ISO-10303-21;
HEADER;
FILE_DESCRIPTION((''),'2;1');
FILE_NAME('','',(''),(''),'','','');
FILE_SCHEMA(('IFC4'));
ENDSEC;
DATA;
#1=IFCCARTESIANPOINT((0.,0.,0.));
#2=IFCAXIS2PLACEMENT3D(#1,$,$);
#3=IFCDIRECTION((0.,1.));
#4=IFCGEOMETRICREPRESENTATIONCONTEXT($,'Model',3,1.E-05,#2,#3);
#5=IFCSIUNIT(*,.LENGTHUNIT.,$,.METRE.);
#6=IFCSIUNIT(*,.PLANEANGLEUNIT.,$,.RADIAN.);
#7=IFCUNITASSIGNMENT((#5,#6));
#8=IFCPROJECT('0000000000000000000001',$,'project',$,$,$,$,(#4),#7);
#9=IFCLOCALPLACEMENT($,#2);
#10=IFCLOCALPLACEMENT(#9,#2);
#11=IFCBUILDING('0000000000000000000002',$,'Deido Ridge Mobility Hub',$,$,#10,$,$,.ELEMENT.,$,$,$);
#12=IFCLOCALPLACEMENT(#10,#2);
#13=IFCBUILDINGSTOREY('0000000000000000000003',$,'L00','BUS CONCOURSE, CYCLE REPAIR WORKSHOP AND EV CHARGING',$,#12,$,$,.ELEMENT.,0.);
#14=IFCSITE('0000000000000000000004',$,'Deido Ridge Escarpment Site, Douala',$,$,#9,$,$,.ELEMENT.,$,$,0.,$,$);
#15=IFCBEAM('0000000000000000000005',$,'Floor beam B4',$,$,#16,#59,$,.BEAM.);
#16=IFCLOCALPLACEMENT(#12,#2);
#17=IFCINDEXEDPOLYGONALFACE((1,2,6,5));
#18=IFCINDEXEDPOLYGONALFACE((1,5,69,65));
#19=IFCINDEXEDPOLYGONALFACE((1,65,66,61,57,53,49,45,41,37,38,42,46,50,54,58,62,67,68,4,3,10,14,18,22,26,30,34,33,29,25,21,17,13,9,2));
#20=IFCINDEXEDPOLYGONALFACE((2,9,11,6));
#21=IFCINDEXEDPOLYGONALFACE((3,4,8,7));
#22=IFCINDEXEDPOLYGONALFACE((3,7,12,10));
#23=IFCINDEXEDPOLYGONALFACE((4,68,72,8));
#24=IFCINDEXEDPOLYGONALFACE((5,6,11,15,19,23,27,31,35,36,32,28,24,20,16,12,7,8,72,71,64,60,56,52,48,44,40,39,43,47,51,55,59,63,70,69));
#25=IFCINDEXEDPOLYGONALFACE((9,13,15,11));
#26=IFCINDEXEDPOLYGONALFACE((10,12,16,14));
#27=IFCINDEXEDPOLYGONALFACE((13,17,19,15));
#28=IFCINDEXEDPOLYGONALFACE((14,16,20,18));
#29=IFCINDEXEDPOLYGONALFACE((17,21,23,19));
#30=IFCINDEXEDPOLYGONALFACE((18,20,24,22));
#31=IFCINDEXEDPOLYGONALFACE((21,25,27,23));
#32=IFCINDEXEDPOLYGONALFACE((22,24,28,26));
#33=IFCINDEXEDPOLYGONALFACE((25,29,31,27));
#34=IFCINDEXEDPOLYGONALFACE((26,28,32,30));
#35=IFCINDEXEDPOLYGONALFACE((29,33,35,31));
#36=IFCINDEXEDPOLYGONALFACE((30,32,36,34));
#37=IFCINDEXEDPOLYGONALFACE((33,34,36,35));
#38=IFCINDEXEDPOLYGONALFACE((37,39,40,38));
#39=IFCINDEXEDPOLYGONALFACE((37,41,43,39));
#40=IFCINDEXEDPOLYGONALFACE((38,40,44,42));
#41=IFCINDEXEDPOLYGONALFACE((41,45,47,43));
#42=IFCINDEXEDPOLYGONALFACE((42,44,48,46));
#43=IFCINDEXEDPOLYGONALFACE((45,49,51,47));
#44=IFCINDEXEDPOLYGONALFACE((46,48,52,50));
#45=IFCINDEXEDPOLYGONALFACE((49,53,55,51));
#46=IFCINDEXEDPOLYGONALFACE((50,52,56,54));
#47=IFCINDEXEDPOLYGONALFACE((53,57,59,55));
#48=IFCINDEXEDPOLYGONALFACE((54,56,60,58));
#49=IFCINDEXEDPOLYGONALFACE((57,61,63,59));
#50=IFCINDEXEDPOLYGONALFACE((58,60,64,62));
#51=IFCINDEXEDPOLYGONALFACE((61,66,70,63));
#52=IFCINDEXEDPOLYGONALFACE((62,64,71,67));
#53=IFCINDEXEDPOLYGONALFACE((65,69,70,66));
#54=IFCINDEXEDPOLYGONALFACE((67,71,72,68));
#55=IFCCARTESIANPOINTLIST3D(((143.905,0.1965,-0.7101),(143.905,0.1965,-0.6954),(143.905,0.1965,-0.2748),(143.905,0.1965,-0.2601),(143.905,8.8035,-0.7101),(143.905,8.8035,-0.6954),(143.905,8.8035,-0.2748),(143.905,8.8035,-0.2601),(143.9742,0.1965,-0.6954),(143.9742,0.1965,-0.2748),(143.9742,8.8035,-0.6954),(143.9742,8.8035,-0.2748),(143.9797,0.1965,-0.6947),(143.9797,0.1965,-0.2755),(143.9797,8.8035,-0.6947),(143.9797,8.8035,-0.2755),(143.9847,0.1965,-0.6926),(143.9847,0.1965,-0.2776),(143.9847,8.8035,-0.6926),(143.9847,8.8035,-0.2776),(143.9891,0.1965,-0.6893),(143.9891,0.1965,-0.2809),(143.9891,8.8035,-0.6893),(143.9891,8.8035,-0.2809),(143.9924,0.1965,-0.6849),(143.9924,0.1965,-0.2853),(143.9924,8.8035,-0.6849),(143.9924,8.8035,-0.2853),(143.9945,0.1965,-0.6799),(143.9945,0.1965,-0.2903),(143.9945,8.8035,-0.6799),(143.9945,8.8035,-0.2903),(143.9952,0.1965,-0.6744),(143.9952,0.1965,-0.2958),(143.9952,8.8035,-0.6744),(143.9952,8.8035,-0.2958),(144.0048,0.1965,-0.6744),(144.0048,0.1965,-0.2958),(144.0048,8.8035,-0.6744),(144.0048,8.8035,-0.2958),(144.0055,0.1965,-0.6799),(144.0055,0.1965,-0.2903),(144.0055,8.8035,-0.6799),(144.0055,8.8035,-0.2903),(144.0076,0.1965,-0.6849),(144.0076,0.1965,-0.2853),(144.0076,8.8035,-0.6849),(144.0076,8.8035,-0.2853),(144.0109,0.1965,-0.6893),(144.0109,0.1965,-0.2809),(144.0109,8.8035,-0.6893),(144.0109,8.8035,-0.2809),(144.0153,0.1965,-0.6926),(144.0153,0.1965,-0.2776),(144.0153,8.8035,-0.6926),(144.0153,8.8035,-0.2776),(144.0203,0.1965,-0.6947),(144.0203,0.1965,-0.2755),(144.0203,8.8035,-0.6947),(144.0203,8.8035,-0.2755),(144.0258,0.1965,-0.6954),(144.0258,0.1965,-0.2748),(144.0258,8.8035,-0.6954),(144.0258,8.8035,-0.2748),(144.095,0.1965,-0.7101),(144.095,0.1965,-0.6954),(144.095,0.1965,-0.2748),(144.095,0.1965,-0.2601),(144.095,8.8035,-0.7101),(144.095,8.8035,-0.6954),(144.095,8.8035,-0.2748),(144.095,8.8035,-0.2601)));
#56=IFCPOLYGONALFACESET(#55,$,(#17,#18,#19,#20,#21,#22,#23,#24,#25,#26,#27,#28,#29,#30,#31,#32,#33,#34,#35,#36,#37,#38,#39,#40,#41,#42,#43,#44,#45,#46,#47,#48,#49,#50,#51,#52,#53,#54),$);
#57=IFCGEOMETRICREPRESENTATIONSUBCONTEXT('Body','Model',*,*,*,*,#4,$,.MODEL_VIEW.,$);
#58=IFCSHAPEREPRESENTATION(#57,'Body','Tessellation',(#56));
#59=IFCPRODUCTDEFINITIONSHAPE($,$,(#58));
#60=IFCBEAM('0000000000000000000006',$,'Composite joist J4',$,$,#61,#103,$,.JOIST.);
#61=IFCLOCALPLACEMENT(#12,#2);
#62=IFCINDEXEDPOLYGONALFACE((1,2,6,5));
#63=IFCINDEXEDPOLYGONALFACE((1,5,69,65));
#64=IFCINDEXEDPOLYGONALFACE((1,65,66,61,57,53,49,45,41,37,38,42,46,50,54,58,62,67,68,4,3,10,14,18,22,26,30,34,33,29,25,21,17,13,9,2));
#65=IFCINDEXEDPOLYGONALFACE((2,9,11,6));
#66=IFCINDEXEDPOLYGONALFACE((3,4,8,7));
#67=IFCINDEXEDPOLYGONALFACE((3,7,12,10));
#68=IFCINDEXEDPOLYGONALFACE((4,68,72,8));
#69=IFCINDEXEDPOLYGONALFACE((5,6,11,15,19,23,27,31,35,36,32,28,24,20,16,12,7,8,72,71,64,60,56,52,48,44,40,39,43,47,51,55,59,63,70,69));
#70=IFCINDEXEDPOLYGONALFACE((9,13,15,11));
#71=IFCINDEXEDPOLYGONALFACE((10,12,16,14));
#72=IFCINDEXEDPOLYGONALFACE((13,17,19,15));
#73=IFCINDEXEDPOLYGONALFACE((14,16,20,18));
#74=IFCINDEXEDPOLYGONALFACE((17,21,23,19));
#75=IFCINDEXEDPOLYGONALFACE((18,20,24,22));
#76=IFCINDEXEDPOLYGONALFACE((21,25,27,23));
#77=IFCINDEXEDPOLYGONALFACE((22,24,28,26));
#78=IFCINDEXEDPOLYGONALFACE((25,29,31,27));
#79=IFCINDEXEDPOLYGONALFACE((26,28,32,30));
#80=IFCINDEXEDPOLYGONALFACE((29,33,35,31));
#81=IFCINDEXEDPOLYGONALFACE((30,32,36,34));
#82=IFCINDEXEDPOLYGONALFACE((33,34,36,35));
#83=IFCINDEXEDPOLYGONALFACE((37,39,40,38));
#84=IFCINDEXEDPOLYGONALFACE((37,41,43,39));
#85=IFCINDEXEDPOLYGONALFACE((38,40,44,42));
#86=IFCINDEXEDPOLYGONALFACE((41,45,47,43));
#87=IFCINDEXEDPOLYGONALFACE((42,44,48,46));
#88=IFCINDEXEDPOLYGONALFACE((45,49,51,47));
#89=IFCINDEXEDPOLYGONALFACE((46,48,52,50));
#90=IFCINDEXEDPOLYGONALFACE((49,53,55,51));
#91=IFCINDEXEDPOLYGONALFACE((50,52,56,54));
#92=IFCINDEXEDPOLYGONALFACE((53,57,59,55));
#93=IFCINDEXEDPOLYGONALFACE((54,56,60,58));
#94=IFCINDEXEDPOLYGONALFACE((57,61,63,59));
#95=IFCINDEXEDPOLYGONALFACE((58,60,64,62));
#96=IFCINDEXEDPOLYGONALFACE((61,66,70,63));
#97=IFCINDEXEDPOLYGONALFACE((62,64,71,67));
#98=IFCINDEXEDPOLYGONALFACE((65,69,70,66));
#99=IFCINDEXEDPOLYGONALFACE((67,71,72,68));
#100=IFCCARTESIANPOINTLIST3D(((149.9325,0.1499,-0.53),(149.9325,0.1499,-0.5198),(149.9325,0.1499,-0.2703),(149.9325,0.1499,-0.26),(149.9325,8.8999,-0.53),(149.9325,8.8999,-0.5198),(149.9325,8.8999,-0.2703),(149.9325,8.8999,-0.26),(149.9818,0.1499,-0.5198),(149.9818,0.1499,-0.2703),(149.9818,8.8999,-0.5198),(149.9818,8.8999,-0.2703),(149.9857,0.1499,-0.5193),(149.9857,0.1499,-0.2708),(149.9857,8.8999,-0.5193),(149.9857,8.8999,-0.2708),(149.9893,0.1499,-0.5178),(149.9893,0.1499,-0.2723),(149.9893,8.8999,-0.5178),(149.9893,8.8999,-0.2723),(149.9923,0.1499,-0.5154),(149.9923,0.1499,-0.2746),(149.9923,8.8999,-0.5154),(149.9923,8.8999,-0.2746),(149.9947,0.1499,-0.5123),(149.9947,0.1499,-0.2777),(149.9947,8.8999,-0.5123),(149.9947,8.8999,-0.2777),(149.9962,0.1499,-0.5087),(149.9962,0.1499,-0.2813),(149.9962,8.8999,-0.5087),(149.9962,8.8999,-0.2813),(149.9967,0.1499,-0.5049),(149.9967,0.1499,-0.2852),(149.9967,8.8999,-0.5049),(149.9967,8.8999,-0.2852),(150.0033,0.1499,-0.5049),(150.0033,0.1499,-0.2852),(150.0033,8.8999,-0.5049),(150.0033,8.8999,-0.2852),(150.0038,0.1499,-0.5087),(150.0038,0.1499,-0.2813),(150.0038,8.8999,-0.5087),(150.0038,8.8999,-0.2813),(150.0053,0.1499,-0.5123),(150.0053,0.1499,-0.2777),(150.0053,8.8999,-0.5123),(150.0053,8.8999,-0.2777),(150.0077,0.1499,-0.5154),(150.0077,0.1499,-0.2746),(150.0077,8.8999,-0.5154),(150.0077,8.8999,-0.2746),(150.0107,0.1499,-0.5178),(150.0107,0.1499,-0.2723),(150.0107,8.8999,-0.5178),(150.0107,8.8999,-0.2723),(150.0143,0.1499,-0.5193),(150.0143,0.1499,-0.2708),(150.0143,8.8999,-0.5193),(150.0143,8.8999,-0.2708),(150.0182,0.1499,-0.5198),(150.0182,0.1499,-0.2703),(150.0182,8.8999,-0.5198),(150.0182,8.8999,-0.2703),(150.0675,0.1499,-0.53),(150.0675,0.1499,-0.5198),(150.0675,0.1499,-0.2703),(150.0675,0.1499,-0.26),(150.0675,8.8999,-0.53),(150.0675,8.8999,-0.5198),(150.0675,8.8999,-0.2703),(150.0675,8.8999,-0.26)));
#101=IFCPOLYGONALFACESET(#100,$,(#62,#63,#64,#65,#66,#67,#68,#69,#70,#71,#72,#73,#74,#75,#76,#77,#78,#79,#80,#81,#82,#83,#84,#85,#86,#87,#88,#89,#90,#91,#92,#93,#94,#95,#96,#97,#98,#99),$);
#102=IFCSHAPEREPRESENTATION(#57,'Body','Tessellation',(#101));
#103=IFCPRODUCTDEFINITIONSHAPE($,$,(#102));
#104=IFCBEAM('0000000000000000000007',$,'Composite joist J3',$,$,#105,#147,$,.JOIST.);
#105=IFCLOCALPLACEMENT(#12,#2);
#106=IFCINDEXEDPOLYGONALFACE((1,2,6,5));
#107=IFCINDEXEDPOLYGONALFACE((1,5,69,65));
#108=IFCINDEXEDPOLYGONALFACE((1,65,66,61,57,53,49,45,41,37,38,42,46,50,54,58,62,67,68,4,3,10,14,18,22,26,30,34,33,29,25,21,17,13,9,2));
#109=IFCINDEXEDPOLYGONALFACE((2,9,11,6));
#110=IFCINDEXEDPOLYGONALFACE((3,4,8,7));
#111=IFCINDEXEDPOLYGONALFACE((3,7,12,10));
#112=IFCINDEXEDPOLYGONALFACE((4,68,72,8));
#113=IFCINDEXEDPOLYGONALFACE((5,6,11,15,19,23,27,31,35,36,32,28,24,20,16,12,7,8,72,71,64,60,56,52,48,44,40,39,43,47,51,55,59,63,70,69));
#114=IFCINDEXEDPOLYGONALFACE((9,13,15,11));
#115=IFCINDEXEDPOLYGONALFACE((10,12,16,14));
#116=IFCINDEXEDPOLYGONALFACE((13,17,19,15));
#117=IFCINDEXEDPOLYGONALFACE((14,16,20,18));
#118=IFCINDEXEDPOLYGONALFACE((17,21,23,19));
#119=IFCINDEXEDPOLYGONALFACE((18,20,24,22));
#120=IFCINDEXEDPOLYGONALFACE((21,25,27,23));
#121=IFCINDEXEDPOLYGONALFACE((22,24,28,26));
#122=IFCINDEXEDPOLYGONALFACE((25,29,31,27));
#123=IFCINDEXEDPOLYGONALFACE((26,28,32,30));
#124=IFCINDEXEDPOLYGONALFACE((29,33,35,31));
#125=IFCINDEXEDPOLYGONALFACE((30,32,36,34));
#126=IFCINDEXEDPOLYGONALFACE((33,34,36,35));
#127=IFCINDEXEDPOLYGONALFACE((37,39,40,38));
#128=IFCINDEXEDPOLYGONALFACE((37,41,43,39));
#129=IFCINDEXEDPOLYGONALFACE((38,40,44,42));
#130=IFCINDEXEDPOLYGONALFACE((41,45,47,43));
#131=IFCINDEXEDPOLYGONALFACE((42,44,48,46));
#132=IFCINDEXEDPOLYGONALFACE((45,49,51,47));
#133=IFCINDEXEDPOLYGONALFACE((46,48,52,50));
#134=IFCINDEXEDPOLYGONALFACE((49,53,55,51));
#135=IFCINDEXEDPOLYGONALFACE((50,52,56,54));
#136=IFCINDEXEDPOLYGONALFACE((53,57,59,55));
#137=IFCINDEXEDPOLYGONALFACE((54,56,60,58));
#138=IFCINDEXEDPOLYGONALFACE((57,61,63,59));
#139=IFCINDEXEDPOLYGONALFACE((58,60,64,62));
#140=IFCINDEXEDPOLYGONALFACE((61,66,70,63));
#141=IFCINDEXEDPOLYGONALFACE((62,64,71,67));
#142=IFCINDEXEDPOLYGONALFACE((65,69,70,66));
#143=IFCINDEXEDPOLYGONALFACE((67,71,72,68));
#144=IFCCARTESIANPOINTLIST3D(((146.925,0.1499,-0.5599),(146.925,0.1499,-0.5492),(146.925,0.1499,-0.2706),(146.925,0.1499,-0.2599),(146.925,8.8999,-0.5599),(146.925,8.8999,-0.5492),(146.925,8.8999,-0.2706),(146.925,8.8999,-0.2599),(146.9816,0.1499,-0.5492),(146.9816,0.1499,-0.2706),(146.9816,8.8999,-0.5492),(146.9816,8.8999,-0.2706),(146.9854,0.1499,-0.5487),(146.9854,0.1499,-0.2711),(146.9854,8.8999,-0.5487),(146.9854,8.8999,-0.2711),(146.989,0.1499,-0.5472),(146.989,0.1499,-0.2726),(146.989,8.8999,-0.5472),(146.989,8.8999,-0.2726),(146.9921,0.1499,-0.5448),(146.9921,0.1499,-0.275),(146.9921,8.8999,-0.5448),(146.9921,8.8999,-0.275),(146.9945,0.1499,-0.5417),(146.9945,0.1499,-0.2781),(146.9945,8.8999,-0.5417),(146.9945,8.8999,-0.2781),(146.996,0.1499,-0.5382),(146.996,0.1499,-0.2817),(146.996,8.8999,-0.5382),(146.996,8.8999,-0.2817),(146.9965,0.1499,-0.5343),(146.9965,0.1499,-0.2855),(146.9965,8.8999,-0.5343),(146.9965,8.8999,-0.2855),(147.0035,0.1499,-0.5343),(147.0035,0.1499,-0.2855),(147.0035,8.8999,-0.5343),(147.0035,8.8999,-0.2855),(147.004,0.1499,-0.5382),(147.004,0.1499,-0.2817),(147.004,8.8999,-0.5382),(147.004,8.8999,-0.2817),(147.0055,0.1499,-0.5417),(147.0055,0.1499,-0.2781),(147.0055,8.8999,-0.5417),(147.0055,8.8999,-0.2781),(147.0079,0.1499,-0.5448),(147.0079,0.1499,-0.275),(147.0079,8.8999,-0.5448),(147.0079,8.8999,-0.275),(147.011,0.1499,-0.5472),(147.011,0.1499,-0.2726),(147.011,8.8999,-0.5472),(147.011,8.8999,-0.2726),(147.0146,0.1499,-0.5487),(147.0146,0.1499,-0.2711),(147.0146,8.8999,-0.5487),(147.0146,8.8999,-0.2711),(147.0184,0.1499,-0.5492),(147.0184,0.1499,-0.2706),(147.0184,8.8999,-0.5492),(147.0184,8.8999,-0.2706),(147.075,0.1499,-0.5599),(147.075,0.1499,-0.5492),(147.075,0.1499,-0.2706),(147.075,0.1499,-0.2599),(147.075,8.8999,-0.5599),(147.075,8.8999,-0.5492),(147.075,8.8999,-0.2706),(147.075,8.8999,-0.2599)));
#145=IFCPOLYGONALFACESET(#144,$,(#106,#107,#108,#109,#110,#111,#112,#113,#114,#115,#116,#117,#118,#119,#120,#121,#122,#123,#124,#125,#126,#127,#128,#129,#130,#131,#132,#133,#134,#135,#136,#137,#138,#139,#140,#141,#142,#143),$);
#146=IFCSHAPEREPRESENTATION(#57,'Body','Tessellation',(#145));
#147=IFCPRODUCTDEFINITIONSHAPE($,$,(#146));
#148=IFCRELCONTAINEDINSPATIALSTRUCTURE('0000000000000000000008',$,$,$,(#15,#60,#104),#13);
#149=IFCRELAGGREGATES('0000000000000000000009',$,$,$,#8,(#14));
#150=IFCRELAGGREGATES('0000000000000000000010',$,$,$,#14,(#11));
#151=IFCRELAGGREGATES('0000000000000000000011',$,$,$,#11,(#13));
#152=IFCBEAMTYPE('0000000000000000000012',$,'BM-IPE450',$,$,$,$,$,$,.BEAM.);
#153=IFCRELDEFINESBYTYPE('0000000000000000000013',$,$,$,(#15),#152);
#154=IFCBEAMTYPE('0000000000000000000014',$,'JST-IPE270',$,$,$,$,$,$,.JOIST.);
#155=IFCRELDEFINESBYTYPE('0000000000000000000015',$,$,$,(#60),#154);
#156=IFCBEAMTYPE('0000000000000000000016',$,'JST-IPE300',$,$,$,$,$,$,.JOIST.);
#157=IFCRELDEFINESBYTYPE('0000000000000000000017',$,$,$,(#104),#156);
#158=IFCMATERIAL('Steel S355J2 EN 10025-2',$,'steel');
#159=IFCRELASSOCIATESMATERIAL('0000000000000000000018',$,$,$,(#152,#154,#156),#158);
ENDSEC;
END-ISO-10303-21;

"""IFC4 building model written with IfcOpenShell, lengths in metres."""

from ifc_helpers import new_model, si_unit, direction, frame, origin, origin_2d, place, context, subcontext, project, spatial, i_section, extrude, material, material_profile, profile_set, type_object, element, save


model = new_model("IFC4")

# Units and contexts
model_context = context("Model", 3, precision=1e-05, world=origin(), true_north=direction((0.0, 1.0)))
body_context = subcontext(model_context, "Body", "Model", "MODEL_VIEW")
ifc_project = project(units=[si_unit("LENGTHUNIT", "METRE"), si_unit("PLANEANGLEUNIT", "RADIAN")], contexts=[model_context])

# Site, building, storey
site_placement = place(None, origin())
site = spatial("IfcSite", under=ifc_project, at=site_placement, Name="Deido Ridge Escarpment Site, Douala", CompositionType="ELEMENT", RefElevation=0.0)
building_placement = place(site_placement, origin())
building = spatial("IfcBuilding", under=site, at=building_placement, Name="Deido Ridge Mobility Hub", CompositionType="ELEMENT")
storey_placement = place(building_placement, origin())
storey = spatial("IfcBuildingStorey", under=building, at=storey_placement, Name="L00", Description="BUS CONCOURSE, CYCLE REPAIR WORKSHOP AND EV CHARGING", CompositionType="ELEMENT", Elevation=0.0)

# Shared definitions
ifc_material_1 = material(Name="Steel S355J2 EN 10025-2", Category="steel")

# Beams
ifc_material_profile_1 = material_profile(ifc_material_1, i_section(OverallWidth=0.1899, OverallDepth=0.45, WebThickness=0.0095, FlangeThickness=0.0146, FilletRadius=0.021, at=origin_2d()), Name="IPE 450")
ifc_profile_set_1 = profile_set([ifc_material_profile_1], Name="Steel S355J2 EN 10025-2")
beam_type_1 = type_object("IfcBeamType", Name="BM-IPE450", PredefinedType="BEAM", material=ifc_profile_set_1)
beam_1_placement = place(storey_placement, frame((144.0, 0.1965, -0.4851), z_axis=(0.0, 1.0, 0.0), x_axis=(-1.0, 0.0, 0.0)))
element("IfcBeam", 1, at=beam_1_placement, inside=storey, type_object=beam_type_1, Name="Floor beam B4", PredefinedType="BEAM", context=body_context, shape_type="SweptSolid", body=[
    extrude(i_section(OverallWidth=0.1899, OverallDepth=0.45, WebThickness=0.0095, FlangeThickness=0.0146, FilletRadius=0.021, at=origin_2d()), origin(), (0.0, 0.0, 1.0), 8.6069),
])
ifc_material_profile_2 = material_profile(ifc_material_1, i_section(OverallWidth=0.135, OverallDepth=0.27, WebThickness=0.0066, FlangeThickness=0.0103, FilletRadius=0.0149, at=origin_2d()), Name="IPE 270")
ifc_profile_set_2 = profile_set([ifc_material_profile_2], Name="Steel S355J2 EN 10025-2")
beam_type_2 = type_object("IfcBeamType", Name="JST-IPE270", PredefinedType="JOIST", material=ifc_profile_set_2)
beam_2_placement = place(storey_placement, frame((150.0, 0.1499, -0.395), z_axis=(0.0, 1.0, 0.0), x_axis=(-1.0, 0.0, 0.0)))
element("IfcBeam", 2, at=beam_2_placement, inside=storey, type_object=beam_type_2, Name="Composite joist J4", PredefinedType="JOIST", context=body_context, shape_type="SweptSolid", body=[
    extrude(i_section(OverallWidth=0.135, OverallDepth=0.27, WebThickness=0.0066, FlangeThickness=0.0103, FilletRadius=0.0149, at=origin_2d()), origin(), (0.0, 0.0, 1.0), 8.75),
])
ifc_material_profile_3 = material_profile(ifc_material_1, i_section(OverallWidth=0.1499, OverallDepth=0.3, WebThickness=0.0071, FlangeThickness=0.0107, FilletRadius=0.0149, at=origin_2d()), Name="IPE 300")
ifc_profile_set_3 = profile_set([ifc_material_profile_3], Name="Steel S355J2 EN 10025-2")
beam_type_3 = type_object("IfcBeamType", Name="JST-IPE300", PredefinedType="JOIST", material=ifc_profile_set_3)
beam_3_placement = place(storey_placement, frame((147.0, 0.1499, -0.4099), z_axis=(0.0, 1.0, 0.0), x_axis=(-1.0, 0.0, 0.0)))
element("IfcBeam", 3, at=beam_3_placement, inside=storey, type_object=beam_type_3, Name="Composite joist J3", PredefinedType="JOIST", context=body_context, shape_type="SweptSolid", body=[
    extrude(i_section(OverallWidth=0.1499, OverallDepth=0.3, WebThickness=0.0071, FlangeThickness=0.0107, FilletRadius=0.0149, at=origin_2d()), origin(), (0.0, 0.0, 1.0), 8.75),
])

save(model, "model.ifc")
